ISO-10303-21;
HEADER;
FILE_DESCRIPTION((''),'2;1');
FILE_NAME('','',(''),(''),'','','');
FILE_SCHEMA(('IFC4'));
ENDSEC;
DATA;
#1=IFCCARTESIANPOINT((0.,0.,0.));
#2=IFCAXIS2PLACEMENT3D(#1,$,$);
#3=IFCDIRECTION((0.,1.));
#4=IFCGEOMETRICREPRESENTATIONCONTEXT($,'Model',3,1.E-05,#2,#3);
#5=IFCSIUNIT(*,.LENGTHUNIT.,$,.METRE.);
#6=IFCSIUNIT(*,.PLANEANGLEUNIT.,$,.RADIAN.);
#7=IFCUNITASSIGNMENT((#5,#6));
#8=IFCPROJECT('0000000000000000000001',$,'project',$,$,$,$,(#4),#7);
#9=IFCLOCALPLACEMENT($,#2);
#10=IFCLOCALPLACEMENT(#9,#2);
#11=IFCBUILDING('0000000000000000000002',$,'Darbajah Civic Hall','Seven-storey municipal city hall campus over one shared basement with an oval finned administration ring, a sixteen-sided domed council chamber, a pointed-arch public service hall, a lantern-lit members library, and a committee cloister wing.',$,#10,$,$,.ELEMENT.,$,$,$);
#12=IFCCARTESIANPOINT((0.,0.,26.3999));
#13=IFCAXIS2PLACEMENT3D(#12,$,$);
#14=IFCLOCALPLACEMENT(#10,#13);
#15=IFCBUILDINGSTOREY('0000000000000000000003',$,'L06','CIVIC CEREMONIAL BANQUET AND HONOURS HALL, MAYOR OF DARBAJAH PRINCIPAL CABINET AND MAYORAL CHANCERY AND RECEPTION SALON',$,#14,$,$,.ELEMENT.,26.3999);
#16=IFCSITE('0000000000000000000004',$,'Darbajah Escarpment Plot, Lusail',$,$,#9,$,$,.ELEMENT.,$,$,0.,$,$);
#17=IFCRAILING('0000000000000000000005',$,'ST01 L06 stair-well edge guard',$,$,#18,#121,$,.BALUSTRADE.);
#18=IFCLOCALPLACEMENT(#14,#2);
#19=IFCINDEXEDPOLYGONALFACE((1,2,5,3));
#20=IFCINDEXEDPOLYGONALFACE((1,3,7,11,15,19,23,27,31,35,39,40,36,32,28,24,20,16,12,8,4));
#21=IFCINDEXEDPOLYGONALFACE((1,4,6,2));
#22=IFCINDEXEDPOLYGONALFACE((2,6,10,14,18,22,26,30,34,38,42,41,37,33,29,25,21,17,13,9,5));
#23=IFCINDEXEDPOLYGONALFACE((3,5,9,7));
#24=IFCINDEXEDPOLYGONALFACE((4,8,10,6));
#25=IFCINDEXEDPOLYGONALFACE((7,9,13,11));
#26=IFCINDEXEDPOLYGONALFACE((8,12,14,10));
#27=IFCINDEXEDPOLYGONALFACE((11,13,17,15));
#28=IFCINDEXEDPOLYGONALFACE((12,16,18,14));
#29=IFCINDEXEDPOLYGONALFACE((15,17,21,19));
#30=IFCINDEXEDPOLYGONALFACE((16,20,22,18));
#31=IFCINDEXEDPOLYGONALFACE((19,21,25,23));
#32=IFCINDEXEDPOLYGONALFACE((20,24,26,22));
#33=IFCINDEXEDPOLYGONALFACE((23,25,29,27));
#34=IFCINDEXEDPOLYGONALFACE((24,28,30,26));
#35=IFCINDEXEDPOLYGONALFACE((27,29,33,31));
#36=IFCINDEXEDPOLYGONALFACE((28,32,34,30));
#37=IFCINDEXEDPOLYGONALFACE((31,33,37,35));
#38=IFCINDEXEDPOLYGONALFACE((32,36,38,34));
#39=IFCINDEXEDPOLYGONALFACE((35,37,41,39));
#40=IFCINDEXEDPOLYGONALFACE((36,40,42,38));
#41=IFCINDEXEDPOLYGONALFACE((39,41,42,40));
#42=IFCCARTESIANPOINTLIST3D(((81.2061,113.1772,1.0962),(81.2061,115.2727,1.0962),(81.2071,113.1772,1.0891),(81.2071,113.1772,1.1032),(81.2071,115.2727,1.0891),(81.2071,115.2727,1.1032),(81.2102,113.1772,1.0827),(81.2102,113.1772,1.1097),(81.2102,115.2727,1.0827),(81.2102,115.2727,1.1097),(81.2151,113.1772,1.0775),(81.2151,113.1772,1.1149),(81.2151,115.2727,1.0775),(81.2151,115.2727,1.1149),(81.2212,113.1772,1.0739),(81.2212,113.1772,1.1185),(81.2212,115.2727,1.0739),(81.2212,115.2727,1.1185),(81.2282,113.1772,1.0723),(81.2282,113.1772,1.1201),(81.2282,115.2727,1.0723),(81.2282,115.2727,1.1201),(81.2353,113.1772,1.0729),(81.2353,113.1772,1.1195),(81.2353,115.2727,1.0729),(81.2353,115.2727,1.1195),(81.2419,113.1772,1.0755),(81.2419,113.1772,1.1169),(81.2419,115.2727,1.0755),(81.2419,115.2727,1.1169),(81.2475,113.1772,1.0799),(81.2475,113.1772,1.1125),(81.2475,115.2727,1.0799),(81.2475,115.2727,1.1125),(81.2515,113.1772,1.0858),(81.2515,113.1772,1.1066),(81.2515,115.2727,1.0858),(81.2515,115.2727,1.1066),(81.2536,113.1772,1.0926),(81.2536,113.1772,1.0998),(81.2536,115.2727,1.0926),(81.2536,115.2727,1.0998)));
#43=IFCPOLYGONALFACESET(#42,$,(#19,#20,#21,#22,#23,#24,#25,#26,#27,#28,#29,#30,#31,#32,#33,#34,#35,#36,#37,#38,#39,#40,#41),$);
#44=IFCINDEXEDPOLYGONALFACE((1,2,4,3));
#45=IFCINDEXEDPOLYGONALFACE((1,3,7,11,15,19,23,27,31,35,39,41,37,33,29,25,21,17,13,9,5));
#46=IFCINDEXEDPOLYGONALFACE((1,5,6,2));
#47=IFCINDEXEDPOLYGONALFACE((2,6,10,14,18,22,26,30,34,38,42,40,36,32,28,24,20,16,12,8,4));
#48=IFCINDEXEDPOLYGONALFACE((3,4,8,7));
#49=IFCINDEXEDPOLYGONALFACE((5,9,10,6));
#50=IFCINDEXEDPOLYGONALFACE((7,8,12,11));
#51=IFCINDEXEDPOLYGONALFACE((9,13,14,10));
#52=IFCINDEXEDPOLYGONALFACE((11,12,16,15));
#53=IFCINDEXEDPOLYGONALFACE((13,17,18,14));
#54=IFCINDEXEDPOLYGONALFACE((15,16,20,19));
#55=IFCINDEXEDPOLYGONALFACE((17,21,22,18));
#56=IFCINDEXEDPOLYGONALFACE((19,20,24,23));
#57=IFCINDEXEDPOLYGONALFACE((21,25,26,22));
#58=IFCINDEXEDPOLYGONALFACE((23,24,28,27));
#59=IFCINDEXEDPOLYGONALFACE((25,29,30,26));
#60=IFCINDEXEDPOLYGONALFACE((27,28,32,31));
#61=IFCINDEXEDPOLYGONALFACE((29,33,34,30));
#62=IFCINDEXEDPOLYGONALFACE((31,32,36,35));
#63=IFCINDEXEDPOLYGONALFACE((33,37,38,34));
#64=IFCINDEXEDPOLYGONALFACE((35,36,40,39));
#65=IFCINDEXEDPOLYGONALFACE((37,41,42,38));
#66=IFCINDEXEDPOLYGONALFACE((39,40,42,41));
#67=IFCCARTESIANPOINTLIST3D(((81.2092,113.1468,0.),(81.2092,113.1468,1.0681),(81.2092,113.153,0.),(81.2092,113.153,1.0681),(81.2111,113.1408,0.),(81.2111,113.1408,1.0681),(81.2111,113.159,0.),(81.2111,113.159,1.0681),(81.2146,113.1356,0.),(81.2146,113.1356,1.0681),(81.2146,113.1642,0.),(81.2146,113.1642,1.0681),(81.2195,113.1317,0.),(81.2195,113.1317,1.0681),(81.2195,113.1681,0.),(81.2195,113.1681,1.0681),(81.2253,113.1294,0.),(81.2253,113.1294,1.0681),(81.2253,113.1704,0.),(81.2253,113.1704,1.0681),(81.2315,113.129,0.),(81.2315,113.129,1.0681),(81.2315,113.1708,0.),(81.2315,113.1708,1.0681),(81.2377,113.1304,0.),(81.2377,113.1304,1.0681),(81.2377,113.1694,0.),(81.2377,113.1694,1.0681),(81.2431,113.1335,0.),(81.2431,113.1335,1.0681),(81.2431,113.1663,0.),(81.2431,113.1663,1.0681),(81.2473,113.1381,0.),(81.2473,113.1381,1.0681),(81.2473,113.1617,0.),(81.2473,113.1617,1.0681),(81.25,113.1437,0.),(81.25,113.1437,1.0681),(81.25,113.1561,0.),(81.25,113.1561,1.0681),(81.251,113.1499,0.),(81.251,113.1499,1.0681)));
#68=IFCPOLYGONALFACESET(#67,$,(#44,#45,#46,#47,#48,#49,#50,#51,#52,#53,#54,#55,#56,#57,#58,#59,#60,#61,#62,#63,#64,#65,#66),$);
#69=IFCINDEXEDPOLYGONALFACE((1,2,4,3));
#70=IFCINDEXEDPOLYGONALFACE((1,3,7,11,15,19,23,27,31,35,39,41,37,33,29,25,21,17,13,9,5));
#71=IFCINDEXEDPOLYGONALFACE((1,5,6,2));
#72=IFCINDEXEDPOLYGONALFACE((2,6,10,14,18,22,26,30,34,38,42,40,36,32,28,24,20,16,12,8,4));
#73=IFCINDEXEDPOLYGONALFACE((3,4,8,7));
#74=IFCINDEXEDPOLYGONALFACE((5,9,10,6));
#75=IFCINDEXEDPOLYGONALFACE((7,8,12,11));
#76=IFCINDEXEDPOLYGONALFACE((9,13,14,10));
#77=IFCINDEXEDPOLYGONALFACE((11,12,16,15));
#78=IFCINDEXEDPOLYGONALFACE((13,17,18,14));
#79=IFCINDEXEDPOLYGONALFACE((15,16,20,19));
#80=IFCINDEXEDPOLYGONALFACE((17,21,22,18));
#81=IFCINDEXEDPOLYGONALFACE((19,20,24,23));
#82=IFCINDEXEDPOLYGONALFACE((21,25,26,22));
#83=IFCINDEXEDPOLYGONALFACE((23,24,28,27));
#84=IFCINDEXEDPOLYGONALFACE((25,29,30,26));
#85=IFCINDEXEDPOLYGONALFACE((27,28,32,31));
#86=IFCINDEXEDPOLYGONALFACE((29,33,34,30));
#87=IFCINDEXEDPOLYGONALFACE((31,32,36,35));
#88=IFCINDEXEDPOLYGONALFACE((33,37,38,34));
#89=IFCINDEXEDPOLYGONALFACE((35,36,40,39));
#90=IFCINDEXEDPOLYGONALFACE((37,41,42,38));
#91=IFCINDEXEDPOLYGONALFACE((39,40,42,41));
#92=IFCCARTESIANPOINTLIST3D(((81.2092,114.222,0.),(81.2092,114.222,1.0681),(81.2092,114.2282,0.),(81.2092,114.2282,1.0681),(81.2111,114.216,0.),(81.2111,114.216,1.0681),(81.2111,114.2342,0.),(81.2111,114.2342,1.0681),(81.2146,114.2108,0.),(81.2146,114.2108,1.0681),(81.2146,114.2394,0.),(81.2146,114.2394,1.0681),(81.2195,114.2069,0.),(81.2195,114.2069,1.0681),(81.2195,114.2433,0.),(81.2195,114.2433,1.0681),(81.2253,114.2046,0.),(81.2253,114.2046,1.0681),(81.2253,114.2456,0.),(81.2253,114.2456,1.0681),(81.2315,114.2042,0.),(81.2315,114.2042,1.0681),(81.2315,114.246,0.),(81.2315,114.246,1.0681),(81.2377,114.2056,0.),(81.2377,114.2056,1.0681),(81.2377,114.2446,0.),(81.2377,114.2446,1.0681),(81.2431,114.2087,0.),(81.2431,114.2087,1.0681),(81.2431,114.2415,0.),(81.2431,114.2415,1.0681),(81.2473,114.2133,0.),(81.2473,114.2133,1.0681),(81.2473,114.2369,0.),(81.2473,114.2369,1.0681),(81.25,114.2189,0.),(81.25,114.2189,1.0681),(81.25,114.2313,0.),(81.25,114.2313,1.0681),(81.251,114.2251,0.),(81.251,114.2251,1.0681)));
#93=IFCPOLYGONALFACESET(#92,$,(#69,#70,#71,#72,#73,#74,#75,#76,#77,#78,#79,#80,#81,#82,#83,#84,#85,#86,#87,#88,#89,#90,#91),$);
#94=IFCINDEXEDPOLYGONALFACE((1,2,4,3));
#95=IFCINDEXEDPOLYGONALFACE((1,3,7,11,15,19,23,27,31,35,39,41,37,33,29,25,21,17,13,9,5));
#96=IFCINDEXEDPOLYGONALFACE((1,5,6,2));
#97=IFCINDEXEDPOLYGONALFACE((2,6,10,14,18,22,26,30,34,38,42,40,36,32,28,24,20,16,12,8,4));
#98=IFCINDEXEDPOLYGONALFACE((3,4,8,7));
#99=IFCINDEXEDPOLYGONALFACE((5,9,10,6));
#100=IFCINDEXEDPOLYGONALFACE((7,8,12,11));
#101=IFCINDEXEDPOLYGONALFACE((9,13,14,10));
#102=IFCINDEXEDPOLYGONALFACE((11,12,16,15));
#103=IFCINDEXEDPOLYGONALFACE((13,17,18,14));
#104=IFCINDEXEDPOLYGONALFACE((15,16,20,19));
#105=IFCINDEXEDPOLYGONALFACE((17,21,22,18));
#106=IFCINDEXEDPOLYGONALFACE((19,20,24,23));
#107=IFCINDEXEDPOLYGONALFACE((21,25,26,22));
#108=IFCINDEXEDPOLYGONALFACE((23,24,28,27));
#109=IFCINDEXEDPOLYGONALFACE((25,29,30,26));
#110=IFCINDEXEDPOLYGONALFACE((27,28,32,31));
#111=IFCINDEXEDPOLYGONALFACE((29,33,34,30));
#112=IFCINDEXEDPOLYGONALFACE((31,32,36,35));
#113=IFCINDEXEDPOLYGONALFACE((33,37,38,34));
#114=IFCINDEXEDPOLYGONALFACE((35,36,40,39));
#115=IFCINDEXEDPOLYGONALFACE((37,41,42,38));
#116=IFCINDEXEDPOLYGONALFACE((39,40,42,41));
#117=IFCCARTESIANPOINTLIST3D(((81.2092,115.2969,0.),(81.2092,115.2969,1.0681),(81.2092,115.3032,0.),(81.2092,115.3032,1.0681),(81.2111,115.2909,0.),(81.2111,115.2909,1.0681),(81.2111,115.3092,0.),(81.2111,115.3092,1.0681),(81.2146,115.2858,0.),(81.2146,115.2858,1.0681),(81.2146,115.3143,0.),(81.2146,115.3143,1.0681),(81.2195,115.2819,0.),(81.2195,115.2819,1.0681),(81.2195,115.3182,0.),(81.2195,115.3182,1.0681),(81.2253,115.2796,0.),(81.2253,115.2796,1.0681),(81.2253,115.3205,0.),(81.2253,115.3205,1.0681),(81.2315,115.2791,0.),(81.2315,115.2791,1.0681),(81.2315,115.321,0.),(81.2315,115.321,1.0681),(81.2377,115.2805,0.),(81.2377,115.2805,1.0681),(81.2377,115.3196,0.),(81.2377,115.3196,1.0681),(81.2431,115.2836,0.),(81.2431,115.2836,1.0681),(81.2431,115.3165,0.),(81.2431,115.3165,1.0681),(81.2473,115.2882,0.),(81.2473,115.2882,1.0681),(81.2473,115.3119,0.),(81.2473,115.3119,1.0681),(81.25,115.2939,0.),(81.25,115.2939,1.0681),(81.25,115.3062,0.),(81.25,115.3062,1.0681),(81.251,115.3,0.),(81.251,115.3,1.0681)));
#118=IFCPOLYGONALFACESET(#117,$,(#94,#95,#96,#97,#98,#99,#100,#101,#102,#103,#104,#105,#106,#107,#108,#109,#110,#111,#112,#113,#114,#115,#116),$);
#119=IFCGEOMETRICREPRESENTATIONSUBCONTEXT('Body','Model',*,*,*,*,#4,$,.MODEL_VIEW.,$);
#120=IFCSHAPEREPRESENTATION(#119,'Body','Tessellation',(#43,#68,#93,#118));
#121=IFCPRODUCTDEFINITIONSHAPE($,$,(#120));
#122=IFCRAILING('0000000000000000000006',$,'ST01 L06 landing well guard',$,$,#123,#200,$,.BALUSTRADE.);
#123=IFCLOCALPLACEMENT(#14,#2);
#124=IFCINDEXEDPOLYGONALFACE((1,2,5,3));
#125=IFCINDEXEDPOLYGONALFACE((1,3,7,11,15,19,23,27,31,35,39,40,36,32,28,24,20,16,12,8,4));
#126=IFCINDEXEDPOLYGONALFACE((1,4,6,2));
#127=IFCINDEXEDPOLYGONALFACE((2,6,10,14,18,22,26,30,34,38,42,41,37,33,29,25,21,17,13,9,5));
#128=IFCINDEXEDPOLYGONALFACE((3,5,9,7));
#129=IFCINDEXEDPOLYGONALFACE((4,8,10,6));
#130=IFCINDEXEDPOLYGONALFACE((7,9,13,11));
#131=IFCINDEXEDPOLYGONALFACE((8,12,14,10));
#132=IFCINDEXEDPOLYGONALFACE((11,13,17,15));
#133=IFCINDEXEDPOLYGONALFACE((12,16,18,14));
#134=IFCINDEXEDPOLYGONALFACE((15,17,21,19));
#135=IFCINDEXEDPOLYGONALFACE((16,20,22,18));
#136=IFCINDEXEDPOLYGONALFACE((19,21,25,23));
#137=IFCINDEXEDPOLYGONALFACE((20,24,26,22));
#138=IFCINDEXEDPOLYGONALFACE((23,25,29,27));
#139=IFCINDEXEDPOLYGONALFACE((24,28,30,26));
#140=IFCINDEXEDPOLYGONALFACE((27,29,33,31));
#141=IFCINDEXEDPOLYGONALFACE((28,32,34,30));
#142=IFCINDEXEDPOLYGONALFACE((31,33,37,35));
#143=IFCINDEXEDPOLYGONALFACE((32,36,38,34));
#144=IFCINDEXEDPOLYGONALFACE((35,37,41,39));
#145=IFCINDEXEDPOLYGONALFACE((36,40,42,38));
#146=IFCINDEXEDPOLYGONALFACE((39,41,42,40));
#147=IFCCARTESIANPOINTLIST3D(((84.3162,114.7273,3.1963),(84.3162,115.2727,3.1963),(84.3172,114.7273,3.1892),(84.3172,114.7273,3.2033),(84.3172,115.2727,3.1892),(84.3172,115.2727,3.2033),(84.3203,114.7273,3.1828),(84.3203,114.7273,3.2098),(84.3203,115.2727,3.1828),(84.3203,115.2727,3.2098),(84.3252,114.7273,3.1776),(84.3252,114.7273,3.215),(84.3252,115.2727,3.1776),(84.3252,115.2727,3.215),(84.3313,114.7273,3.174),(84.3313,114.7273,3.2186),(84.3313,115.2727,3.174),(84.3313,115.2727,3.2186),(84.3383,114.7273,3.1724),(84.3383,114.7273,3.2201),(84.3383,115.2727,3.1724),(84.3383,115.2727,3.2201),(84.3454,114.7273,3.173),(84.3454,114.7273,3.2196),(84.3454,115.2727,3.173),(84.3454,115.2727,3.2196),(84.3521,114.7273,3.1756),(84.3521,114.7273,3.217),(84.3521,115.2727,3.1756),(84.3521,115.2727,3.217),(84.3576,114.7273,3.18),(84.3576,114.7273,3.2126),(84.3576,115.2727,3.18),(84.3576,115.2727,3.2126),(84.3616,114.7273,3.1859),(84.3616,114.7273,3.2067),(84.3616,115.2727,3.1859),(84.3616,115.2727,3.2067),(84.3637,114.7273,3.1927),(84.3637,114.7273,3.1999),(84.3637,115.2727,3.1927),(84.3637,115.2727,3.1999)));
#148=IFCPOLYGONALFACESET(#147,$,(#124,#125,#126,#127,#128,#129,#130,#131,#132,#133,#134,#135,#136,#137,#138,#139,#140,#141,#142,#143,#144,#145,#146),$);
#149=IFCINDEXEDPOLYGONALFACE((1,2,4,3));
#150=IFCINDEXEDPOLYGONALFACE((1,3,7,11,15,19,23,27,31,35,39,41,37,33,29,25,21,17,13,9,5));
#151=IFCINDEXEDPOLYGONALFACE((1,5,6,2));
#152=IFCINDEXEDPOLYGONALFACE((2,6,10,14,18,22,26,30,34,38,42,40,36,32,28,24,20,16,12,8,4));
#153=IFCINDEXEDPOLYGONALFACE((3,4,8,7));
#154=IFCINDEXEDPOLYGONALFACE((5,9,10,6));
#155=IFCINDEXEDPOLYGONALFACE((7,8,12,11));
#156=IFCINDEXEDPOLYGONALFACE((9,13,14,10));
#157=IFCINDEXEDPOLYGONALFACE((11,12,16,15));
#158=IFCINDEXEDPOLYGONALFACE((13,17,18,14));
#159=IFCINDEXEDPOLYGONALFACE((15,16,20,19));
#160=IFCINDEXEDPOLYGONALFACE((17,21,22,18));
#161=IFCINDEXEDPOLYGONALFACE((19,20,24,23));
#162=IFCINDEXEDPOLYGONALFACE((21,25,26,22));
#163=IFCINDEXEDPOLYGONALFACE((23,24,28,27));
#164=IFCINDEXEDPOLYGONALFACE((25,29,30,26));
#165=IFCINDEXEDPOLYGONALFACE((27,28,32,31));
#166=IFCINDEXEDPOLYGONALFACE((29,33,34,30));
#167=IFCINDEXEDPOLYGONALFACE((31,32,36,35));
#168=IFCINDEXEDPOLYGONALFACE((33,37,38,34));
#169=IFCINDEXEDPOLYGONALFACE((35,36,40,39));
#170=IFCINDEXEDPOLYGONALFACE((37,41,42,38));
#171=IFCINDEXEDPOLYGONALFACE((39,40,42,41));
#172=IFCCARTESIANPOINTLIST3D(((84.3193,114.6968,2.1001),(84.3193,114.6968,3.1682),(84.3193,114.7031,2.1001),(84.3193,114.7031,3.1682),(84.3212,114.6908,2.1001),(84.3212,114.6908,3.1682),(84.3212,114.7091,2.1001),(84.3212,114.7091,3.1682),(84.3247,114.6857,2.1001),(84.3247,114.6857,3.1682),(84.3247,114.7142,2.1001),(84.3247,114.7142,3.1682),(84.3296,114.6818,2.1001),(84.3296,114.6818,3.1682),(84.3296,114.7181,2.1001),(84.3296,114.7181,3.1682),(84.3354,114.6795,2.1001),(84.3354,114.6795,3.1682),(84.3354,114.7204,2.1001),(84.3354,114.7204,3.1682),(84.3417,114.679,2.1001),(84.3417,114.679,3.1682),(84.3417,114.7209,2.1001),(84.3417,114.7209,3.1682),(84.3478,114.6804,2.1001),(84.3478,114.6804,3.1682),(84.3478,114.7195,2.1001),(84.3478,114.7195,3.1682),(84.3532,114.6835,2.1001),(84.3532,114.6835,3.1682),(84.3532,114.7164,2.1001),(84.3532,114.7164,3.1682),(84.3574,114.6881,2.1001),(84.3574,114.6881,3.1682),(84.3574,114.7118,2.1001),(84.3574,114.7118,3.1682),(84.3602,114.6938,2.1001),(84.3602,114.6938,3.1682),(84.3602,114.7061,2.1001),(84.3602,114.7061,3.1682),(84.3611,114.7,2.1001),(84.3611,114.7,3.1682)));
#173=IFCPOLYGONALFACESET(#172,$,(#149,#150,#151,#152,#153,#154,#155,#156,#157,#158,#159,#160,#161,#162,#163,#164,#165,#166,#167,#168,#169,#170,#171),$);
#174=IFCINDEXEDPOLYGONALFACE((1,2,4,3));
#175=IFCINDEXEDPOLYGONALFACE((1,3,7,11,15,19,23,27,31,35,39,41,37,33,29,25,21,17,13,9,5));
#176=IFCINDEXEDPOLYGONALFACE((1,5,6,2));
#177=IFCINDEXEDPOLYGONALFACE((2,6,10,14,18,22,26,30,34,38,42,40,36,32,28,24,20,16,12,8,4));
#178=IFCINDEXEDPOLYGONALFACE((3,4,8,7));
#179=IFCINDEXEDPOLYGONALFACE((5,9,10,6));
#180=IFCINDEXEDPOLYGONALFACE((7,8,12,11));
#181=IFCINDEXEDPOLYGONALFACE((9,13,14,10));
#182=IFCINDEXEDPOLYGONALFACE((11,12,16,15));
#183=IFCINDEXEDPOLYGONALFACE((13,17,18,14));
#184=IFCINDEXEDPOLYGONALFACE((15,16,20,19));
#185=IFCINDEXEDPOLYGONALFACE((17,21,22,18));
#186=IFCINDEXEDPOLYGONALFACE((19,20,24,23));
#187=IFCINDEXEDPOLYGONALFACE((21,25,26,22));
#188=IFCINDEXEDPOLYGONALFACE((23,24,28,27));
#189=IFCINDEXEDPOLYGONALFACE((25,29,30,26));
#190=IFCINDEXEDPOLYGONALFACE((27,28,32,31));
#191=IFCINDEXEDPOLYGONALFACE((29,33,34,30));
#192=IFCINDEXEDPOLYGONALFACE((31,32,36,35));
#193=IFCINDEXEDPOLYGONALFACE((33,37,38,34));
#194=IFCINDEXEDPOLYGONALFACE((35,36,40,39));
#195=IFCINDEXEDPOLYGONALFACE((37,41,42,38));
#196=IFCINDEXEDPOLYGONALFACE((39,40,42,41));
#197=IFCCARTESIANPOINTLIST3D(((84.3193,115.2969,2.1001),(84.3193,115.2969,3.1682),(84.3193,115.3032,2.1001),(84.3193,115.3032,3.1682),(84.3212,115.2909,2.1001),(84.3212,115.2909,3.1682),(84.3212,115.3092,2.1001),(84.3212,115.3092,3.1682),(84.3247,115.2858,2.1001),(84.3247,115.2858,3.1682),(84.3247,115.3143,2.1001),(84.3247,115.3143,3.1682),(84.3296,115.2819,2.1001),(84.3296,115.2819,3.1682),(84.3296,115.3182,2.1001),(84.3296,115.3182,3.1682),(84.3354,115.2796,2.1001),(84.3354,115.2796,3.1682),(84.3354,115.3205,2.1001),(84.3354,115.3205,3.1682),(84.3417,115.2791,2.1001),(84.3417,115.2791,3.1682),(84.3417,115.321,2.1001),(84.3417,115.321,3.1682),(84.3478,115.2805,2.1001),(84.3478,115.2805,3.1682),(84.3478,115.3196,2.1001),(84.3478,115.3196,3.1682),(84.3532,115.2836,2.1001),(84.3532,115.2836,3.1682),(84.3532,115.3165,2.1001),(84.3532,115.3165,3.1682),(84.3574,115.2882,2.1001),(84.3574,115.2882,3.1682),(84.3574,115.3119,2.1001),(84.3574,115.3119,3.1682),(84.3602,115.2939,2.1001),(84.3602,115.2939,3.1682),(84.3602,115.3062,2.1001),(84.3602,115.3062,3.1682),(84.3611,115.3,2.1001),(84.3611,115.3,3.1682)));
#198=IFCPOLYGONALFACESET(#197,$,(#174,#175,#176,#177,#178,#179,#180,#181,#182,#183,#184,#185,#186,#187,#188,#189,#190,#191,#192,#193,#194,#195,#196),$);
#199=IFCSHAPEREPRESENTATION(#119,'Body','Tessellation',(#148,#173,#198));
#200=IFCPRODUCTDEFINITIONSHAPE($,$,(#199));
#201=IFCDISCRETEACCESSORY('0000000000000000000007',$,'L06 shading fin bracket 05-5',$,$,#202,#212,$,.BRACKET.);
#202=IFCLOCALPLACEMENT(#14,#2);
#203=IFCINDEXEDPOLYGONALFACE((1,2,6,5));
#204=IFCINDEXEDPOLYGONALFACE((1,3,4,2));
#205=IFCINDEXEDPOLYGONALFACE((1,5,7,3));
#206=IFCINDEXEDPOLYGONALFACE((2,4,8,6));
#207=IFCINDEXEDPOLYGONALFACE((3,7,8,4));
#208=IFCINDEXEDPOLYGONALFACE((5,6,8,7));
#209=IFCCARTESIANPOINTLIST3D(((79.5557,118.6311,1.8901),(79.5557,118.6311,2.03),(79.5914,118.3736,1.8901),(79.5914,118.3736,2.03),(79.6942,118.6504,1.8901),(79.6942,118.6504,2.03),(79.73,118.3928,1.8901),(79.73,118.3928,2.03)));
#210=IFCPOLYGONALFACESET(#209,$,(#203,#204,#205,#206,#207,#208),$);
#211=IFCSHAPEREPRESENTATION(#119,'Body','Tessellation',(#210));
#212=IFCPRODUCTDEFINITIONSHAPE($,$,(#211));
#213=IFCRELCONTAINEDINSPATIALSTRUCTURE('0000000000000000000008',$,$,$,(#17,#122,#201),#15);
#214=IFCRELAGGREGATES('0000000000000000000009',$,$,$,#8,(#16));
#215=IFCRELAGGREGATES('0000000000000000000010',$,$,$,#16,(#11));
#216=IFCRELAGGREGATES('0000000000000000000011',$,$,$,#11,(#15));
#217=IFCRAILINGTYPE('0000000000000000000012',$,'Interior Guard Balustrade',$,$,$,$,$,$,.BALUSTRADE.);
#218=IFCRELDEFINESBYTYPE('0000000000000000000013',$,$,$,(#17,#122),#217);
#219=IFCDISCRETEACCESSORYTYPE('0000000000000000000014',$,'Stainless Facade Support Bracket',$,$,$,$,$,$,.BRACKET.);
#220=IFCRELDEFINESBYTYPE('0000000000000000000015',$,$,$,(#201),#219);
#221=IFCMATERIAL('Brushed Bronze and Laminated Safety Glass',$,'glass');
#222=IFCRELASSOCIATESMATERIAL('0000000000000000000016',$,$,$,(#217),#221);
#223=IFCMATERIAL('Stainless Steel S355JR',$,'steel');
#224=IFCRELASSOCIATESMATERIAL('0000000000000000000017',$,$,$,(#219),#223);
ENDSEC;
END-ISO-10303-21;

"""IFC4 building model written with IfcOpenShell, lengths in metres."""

from ifc_helpers import new_model, si_unit, direction, frame, origin, origin_2d, place, context, subcontext, project, spatial, rectangle, circle, extrude, material, type_object, element, save


model = new_model("IFC4")

# Units and contexts
model_context = context("Model", 3, precision=1e-05, world=origin(), true_north=direction((0.0, 1.0)))
body_context = subcontext(model_context, "Body", "Model", "MODEL_VIEW")
ifc_project = project(units=[si_unit("LENGTHUNIT", "METRE"), si_unit("PLANEANGLEUNIT", "RADIAN")], contexts=[model_context])

# Site, building, storey
site_placement = place(None, origin())
site = spatial("IfcSite", under=ifc_project, at=site_placement, Name="Darbajah Escarpment Plot, Lusail", CompositionType="ELEMENT", RefElevation=0.0)
building_placement = place(site_placement, origin())
building = spatial("IfcBuilding", under=site, at=building_placement, Name="Darbajah Civic Hall", Description="Seven-storey municipal city hall campus over one shared basement with an oval finned administration ring, a sixteen-sided domed council chamber, a pointed-arch public service hall, a lantern-lit members library, and a committee cloister wing.", CompositionType="ELEMENT")
storey_placement = place(building_placement, frame((0.0, 0.0, 26.3999)))
storey = spatial("IfcBuildingStorey", under=building, at=storey_placement, Name="L06", Description="CIVIC CEREMONIAL BANQUET AND HONOURS HALL, MAYOR OF DARBAJAH PRINCIPAL CABINET AND MAYORAL CHANCERY AND RECEPTION SALON", CompositionType="ELEMENT", Elevation=26.3999)

# Railings
ifc_material_1 = material(Name="Brushed Bronze and Laminated Safety Glass", Category="glass")
railing_type_1 = type_object("IfcRailingType", Name="Interior Guard Balustrade", PredefinedType="BALUSTRADE", material=ifc_material_1)
railing_1_placement = place(storey_placement, frame((81.23, 113.1499, 0.0)))
element("IfcRailing", 1, at=railing_1_placement, inside=storey, type_object=railing_type_1, Name="ST01 L06 stair-well edge guard", PredefinedType="BALUSTRADE", context=body_context, shape_type="SweptSolid", body=[
    extrude(circle(Radius=0.0239, at=origin_2d()), frame((0.0, 0.0273, 1.0962), z_axis=(0.0, 1.0, 0.0), x_axis=(-1.0, 0.0, 0.0)), (0.0, 0.0, 1.0), 2.0955),
    extrude(circle(Radius=0.021, at=origin_2d()), origin(), (0.0, 0.0, 1.0), 1.0681),
    extrude(circle(Radius=0.021, at=origin_2d()), frame((0.0, 1.0752, 0.0)), (0.0, 0.0, 1.0), 1.0681),
    extrude(circle(Radius=0.021, at=origin_2d()), frame((0.0, 2.1501, 0.0)), (0.0, 0.0, 1.0), 1.0681),
])
railing_2_placement = place(storey_placement, frame((84.3401, 114.7, 2.1001)))
element("IfcRailing", 2, at=railing_2_placement, inside=storey, type_object=railing_type_1, Name="ST01 L06 landing well guard", PredefinedType="BALUSTRADE", context=body_context, shape_type="SweptSolid", body=[
    extrude(circle(Radius=0.0239, at=origin_2d()), frame((0.0, 0.0273, 1.0962), z_axis=(0.0, 1.0, 0.0), x_axis=(-1.0, 0.0, 0.0)), (0.0, 0.0, 1.0), 0.5454),
    extrude(circle(Radius=0.021, at=origin_2d()), origin(), (0.0, 0.0, 1.0), 1.0681),
    extrude(circle(Radius=0.021, at=origin_2d()), frame((0.0, 0.6001, 0.0)), (0.0, 0.0, 1.0), 1.0681),
])

# Discrete accessory
ifc_material_2 = material(Name="Stainless Steel S355JR", Category="steel")
discrete_accessory_type = type_object("IfcDiscreteAccessoryType", Name="Stainless Facade Support Bracket", PredefinedType="BRACKET", material=ifc_material_2)
discrete_accessory_placement = place(storey_placement, frame((79.6428, 118.512, 1.8901), z_axis=(0.0, 0.0, 1.0), x_axis=(-0.137617, 0.990485, 0.0)))
element("IfcDiscreteAccessory", 3, at=discrete_accessory_placement, inside=storey, type_object=discrete_accessory_type, Name="L06 shading fin bracket 05-5", PredefinedType="BRACKET", context=body_context, shape_type="SweptSolid", body=[
    extrude(rectangle(XDim=0.26, YDim=0.1399, at=origin_2d()), origin(), (0.0, 0.0, 1.0), 0.1399),
])

save(model, "model.ifc")
